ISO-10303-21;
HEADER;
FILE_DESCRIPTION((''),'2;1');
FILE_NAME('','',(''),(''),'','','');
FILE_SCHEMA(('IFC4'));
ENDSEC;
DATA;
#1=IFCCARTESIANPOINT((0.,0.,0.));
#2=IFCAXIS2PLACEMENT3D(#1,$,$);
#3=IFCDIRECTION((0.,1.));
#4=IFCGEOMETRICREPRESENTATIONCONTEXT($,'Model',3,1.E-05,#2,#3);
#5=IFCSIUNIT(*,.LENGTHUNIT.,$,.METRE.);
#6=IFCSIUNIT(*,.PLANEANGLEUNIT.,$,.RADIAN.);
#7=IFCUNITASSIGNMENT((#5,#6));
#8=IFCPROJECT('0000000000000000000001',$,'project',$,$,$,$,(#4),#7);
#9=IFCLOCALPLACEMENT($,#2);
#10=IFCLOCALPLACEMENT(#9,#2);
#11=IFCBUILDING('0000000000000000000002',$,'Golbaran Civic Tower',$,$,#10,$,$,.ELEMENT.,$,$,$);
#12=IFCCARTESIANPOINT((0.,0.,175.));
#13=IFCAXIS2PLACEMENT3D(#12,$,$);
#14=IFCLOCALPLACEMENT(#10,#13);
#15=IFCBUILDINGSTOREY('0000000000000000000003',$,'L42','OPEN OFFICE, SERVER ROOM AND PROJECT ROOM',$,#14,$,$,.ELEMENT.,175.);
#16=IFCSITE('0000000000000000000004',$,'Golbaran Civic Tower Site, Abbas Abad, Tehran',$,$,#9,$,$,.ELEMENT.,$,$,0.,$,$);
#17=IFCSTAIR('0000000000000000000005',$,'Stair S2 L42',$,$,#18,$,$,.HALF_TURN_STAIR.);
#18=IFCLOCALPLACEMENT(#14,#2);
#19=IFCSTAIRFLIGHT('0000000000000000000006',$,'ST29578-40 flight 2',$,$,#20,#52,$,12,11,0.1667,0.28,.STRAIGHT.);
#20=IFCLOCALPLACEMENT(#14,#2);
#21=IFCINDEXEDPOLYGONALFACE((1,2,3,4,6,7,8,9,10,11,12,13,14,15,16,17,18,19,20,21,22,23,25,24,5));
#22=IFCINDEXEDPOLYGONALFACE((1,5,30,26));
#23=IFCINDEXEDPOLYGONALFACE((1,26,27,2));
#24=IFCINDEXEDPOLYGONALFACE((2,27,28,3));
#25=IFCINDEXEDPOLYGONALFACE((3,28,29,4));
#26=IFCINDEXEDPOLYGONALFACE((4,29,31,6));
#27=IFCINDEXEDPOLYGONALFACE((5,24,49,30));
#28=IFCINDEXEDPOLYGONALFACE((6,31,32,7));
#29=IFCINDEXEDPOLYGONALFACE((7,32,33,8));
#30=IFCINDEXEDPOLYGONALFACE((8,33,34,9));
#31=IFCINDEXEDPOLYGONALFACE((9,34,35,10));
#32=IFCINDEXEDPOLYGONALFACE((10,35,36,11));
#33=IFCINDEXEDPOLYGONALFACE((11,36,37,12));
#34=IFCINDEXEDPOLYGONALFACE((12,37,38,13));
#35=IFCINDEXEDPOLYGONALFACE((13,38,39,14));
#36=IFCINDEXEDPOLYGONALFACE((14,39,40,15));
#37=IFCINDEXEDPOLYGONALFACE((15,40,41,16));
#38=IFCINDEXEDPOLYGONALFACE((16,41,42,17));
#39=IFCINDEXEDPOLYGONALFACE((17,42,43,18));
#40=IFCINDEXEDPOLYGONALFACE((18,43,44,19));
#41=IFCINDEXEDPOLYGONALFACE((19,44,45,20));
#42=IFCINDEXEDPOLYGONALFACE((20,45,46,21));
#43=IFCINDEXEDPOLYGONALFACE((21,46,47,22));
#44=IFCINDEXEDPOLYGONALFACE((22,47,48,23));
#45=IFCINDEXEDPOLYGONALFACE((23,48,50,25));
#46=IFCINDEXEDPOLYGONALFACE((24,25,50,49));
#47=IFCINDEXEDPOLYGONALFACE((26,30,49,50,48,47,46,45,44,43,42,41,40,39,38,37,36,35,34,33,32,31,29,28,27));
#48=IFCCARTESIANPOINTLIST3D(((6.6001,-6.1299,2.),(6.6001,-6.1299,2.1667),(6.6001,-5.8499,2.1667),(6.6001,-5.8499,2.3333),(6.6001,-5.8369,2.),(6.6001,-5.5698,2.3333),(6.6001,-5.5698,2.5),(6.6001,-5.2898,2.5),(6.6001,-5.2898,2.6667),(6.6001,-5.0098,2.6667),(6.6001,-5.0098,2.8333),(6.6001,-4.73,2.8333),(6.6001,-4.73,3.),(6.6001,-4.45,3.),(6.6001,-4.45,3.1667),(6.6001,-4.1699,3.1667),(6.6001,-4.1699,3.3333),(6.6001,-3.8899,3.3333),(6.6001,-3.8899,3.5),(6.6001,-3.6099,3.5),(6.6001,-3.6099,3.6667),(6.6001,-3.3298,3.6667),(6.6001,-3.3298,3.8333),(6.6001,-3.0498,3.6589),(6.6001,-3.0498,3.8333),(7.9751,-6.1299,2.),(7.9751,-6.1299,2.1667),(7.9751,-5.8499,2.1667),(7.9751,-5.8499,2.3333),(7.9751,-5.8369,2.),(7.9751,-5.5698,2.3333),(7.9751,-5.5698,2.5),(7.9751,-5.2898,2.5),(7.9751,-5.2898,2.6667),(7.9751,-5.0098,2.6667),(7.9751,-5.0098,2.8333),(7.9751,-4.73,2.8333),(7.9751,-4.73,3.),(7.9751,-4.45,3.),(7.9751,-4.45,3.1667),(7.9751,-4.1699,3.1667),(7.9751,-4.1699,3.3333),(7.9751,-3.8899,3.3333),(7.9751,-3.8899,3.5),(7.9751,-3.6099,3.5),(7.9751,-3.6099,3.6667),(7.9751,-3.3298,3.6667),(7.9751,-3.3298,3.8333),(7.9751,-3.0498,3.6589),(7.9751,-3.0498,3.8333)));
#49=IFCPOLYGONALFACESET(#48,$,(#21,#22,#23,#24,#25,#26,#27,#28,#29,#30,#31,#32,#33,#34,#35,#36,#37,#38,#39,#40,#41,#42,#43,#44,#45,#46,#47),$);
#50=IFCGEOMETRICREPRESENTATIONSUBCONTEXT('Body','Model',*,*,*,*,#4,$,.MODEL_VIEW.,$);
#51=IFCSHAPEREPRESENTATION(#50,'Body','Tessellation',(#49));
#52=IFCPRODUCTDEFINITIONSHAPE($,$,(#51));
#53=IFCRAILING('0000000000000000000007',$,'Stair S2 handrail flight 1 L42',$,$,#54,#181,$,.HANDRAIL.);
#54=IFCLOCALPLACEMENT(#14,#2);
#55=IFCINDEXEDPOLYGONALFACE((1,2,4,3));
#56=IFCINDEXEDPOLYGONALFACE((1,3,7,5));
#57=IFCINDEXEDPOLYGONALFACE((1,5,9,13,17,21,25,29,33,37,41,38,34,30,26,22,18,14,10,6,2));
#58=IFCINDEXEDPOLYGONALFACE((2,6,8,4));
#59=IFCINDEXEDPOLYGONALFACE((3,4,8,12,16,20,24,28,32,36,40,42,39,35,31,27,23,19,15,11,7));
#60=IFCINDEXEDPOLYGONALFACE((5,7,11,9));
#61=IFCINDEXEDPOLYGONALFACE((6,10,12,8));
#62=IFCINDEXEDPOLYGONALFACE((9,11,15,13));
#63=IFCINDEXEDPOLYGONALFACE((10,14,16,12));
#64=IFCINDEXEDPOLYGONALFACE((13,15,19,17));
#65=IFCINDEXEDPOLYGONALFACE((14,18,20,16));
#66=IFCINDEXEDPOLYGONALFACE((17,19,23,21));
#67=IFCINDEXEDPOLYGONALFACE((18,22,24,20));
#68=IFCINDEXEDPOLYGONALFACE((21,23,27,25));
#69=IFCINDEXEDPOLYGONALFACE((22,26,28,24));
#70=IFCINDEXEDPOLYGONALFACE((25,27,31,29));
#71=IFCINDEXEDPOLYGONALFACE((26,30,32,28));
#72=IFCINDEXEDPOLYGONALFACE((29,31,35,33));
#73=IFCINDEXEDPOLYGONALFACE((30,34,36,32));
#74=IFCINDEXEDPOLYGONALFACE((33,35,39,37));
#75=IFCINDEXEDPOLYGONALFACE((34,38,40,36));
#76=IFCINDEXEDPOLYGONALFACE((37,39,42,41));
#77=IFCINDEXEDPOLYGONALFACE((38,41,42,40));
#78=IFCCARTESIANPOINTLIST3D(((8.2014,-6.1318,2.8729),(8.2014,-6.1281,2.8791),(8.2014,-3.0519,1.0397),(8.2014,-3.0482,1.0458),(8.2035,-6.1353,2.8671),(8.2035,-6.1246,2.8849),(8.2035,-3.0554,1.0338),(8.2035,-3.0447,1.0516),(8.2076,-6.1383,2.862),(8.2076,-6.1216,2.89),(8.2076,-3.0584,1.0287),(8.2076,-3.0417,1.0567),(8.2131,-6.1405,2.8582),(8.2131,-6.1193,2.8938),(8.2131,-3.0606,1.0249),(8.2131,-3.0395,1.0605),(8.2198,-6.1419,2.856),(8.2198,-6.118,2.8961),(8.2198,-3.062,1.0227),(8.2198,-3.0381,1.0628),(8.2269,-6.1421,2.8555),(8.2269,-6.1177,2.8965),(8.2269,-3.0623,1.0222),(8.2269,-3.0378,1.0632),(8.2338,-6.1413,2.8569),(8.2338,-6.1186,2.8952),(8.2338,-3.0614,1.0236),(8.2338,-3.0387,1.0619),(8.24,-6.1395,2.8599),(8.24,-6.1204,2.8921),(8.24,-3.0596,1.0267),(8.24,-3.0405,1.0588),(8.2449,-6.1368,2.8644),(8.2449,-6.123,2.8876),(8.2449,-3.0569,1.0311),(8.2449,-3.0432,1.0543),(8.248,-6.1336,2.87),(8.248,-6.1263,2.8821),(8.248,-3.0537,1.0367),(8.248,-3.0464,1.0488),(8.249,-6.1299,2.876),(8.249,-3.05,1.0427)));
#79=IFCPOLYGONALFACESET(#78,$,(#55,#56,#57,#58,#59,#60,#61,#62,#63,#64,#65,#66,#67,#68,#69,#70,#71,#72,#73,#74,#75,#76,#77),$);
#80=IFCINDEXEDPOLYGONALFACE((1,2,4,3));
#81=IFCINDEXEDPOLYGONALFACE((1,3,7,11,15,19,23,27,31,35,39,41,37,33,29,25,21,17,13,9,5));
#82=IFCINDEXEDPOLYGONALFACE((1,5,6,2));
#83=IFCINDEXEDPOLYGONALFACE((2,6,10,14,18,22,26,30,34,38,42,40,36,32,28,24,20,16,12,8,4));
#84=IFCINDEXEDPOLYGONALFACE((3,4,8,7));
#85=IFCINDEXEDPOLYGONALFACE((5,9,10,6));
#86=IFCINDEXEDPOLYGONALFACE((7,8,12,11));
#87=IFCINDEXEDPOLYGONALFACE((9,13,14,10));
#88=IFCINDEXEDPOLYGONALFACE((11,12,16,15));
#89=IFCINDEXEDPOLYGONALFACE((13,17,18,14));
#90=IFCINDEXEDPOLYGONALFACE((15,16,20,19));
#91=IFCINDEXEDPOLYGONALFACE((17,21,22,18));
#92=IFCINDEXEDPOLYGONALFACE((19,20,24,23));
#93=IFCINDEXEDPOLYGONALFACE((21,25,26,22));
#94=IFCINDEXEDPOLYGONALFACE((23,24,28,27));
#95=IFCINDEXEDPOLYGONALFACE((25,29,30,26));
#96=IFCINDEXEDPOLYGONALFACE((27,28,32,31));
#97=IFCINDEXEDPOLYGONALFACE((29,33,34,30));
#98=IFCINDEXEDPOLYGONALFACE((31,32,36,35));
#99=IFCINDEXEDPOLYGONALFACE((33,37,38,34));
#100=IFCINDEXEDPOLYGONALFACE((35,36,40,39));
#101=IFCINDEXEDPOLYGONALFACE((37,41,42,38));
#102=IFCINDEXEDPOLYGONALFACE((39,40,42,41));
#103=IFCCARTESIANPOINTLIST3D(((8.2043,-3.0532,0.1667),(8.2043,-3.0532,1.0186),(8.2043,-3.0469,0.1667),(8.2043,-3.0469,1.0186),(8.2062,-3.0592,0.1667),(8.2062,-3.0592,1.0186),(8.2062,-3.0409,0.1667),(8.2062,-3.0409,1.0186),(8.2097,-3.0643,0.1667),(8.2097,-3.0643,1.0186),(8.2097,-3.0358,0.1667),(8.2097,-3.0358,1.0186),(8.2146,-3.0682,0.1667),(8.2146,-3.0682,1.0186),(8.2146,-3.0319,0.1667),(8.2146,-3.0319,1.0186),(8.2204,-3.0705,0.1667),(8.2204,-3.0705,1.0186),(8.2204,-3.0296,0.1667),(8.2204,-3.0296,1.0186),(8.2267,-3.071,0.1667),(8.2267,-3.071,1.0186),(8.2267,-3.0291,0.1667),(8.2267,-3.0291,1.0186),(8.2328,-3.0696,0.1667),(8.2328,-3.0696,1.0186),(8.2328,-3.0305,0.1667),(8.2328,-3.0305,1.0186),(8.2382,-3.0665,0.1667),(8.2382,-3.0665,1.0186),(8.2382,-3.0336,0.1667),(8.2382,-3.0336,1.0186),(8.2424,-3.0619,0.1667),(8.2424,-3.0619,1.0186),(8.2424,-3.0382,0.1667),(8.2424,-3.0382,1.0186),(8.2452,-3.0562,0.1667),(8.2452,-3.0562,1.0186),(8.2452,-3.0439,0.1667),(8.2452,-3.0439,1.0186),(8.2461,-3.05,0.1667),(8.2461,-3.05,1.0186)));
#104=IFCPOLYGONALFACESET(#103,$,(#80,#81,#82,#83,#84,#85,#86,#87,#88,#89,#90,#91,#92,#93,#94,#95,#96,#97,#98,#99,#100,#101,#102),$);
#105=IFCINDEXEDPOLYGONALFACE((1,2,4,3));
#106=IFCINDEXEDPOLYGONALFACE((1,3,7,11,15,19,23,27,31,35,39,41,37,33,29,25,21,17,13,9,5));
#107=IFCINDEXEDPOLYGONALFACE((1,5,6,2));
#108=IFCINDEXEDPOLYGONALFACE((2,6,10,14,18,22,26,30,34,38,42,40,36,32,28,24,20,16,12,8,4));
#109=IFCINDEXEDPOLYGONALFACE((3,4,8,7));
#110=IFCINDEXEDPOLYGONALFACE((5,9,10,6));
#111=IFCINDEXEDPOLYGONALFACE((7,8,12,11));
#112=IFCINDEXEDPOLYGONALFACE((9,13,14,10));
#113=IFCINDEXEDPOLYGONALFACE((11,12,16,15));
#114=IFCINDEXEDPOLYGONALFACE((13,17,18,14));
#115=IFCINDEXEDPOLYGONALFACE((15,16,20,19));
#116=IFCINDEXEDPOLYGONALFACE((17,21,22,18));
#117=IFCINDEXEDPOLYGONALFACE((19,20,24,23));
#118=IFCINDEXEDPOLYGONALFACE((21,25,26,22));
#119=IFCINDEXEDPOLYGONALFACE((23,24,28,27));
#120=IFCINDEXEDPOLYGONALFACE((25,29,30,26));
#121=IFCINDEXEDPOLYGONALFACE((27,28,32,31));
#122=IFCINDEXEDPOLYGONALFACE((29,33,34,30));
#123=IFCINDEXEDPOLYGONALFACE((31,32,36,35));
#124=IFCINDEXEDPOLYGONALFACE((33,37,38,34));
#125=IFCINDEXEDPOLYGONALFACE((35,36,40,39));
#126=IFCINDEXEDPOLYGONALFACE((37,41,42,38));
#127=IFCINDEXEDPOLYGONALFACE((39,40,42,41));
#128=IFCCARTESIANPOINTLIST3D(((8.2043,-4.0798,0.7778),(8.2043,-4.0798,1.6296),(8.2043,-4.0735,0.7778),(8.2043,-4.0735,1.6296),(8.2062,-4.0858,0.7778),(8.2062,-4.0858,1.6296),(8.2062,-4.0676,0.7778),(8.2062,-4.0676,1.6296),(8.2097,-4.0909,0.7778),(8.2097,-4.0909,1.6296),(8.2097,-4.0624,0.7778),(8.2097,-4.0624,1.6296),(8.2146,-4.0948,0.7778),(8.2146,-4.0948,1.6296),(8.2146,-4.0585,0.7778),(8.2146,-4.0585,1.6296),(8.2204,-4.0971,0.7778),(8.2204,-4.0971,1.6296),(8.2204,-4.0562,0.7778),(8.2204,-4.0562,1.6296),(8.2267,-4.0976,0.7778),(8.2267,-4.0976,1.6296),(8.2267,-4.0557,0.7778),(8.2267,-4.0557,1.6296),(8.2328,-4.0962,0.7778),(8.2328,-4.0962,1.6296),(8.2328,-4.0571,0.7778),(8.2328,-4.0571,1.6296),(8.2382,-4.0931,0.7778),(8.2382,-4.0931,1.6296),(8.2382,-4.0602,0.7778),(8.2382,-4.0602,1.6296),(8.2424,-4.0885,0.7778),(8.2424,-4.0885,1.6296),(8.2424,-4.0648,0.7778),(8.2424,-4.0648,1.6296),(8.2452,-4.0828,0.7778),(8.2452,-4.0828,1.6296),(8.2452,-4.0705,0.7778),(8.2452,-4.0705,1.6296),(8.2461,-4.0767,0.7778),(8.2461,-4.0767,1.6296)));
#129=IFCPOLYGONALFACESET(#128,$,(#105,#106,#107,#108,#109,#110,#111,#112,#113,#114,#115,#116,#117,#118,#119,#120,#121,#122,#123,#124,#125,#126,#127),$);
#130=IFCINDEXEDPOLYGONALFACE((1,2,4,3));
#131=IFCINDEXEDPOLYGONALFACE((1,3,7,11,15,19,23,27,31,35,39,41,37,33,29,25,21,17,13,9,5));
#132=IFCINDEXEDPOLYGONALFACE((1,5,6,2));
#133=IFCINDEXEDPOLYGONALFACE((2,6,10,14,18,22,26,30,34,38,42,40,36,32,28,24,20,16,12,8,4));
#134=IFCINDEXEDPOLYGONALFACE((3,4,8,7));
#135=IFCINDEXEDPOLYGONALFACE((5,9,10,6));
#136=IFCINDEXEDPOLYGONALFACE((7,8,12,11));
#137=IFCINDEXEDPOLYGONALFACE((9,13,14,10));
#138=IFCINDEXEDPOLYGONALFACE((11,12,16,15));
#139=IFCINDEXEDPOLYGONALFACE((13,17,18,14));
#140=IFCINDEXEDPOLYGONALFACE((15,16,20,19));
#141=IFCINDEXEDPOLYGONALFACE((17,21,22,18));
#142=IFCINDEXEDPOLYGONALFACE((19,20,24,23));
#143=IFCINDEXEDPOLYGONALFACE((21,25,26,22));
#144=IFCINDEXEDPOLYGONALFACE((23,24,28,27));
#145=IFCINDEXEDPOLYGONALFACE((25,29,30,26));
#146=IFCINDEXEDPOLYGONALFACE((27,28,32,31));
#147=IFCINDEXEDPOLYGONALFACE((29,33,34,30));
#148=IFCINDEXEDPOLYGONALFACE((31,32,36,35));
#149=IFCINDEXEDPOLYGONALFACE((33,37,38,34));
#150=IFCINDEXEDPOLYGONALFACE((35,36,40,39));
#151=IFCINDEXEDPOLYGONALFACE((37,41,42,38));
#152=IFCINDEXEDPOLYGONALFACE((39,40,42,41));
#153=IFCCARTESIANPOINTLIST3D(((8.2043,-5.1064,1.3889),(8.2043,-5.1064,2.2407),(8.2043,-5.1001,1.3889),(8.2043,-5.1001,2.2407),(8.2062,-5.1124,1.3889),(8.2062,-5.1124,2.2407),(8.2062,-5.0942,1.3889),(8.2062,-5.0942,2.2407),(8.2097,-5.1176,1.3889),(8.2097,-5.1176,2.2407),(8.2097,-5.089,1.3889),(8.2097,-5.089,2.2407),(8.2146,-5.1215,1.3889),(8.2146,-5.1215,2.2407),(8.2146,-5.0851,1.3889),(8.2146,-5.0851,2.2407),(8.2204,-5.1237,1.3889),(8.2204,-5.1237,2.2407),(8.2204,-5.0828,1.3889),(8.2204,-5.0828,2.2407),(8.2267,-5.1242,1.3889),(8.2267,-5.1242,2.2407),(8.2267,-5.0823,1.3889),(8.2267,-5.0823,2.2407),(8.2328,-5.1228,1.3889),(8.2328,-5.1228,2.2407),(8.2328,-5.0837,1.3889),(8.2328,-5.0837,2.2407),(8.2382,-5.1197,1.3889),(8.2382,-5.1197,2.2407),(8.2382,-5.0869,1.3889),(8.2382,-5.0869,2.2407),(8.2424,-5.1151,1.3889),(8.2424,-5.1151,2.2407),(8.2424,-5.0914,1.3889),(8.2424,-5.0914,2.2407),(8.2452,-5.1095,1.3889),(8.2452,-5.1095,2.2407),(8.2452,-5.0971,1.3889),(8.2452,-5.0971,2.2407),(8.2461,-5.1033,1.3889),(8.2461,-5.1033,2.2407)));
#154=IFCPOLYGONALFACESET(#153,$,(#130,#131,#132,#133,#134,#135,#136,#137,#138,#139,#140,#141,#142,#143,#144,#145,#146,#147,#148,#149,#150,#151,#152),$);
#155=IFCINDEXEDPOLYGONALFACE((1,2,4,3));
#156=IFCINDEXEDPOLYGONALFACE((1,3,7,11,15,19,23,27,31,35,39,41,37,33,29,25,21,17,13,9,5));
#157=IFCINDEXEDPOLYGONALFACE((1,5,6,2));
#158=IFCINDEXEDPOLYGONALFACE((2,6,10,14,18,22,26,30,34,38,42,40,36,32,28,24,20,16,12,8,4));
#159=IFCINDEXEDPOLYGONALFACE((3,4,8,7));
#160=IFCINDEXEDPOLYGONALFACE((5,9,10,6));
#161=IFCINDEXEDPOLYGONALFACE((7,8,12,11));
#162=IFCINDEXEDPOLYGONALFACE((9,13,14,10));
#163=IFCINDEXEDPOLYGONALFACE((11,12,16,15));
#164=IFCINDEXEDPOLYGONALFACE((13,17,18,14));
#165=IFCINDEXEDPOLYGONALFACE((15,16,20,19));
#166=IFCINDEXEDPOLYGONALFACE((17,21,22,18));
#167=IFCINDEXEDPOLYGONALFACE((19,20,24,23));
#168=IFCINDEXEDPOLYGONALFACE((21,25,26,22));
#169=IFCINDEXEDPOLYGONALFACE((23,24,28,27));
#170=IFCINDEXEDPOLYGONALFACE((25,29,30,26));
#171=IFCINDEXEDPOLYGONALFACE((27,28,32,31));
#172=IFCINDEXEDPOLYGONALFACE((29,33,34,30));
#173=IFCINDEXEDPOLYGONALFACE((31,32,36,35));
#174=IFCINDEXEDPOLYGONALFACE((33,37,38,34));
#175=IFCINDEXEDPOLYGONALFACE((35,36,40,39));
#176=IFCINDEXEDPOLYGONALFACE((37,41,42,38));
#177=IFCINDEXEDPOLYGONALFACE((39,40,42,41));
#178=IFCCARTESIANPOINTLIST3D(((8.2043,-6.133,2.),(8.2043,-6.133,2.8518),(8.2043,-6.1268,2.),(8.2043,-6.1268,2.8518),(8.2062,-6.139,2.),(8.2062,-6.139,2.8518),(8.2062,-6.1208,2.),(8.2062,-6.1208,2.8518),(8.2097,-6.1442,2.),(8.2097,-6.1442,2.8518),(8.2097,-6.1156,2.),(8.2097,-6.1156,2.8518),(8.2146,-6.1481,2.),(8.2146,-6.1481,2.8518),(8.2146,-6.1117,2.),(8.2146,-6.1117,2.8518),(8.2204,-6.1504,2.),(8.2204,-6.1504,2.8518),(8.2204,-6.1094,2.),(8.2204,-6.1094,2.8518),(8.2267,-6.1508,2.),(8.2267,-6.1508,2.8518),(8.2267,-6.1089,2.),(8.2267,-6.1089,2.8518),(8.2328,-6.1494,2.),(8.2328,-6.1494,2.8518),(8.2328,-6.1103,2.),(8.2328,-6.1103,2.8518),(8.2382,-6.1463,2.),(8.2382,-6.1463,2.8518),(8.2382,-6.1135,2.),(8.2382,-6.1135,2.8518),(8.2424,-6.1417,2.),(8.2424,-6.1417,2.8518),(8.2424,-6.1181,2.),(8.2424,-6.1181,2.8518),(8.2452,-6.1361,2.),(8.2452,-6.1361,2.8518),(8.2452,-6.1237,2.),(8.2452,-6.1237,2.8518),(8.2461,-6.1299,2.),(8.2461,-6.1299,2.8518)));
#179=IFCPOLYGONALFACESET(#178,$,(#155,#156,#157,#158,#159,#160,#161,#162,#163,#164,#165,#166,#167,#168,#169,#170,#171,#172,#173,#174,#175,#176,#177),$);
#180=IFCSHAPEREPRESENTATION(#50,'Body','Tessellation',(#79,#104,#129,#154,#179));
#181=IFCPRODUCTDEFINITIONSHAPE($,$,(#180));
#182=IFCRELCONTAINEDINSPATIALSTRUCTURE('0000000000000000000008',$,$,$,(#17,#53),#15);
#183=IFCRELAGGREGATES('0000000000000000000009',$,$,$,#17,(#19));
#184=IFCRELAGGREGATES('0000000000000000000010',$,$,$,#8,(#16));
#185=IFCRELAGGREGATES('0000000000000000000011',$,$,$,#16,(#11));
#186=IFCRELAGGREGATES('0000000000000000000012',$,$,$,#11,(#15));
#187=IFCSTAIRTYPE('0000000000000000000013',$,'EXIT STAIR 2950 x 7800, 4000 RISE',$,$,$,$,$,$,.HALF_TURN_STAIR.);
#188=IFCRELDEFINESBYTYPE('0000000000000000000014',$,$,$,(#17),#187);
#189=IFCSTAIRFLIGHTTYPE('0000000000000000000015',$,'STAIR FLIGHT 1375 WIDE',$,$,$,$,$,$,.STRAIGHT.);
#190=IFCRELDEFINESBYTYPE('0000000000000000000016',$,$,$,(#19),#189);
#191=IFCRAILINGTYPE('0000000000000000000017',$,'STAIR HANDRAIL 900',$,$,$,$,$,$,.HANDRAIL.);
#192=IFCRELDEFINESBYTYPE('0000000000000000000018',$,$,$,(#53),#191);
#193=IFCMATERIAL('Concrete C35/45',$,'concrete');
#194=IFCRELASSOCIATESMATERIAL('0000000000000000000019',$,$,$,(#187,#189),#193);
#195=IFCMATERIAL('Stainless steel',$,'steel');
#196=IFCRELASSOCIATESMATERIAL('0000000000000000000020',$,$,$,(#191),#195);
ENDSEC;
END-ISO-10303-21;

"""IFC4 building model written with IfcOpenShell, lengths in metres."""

from ifc_helpers import new_model, si_unit, direction, frame, origin, origin_2d, place, context, subcontext, project, spatial, polyline, circle, outline, extrude, material, type_object, element, aggregate, save


model = new_model("IFC4")

# Units and contexts
model_context = context("Model", 3, precision=1e-05, world=origin(), true_north=direction((0.0, 1.0)))
body_context = subcontext(model_context, "Body", "Model", "MODEL_VIEW")
ifc_project = project(units=[si_unit("LENGTHUNIT", "METRE"), si_unit("PLANEANGLEUNIT", "RADIAN")], contexts=[model_context])

# Site, building, storey
site_placement = place(None, origin())
site = spatial("IfcSite", under=ifc_project, at=site_placement, Name="Golbaran Civic Tower Site, Abbas Abad, Tehran", CompositionType="ELEMENT", RefElevation=0.0)
building_placement = place(site_placement, origin())
building = spatial("IfcBuilding", under=site, at=building_placement, Name="Golbaran Civic Tower", CompositionType="ELEMENT")
storey_placement = place(building_placement, frame((0.0, 0.0, 175.0)))
storey = spatial("IfcBuildingStorey", under=building, at=storey_placement, Name="L42", Description="OPEN OFFICE, SERVER ROOM AND PROJECT ROOM", CompositionType="ELEMENT", Elevation=175.0)

# Shared definitions
ifc_material_1 = material(Name="Concrete C35/45", Category="concrete")

# Shared definitions
ifc_material_2 = material(Name="Stainless steel", Category="steel")

# Stair, stair flight
stair_type_1 = type_object("IfcStairType", Name="EXIT STAIR 2950 x 7800, 4000 RISE", PredefinedType="HALF_TURN_STAIR", material=ifc_material_1)
stair_1_placement = place(storey_placement, origin())
stair_1 = element("IfcStair", 1, at=stair_1_placement, inside=storey, type_object=stair_type_1, Name="Stair S2 L42", PredefinedType="HALF_TURN_STAIR")
stair_flight_type = type_object("IfcStairFlightType", Name="STAIR FLIGHT 1375 WIDE", PredefinedType="STRAIGHT", material=ifc_material_1)
stair_flight_placement = place(storey_placement, frame((7.2876, -6.1299, 2.0), z_axis=(0.0, 0.0, 1.0), x_axis=(0.0, 1.0, 0.0)))
stair_flight = element("IfcStairFlight", 2, at=stair_flight_placement, type_object=stair_flight_type, Name="ST29578-40 flight 2", NumberOfRisers=12, NumberOfTreads=11, PredefinedType="STRAIGHT", RiserHeight=0.1667, TreadLength=0.28, context=body_context, shape_type="SweptSolid", body=[
    extrude(outline(polyline([(0.0, 0.0), (0.0, 0.1667), (0.28, 0.1667), (0.28, 0.3333), (0.5601, 0.3333), (0.5601, 0.5), (0.8401, 0.5), (0.8401, 0.6667), (1.1201, 0.6667), (1.1201, 0.8333), (1.3999, 0.8333), (1.3999, 1.0), (1.6799, 1.0), (1.6799, 1.1667), (1.96, 1.1667), (1.96, 1.3333), (2.24, 1.3333), (2.24, 1.5), (2.52, 1.5), (2.52, 1.6667), (2.8, 1.6667), (2.8, 1.8333), (3.0801, 1.8333), (3.0801, 2.0), (3.0801, 1.6589), (0.293, 0.0), (0.0, 0.0)])), frame((0.0, 0.6875, 0.0), z_axis=(0.0, -1.0, 0.0), x_axis=(1.0, 0.0, 0.0)), (0.0, 0.0, 1.0), 1.375),
])
aggregate(stair_1, [stair_flight])

# Railing
railing_type = type_object("IfcRailingType", Name="STAIR HANDRAIL 900", PredefinedType="HANDRAIL", material=ifc_material_2)
railing_1_placement = place(storey_placement, frame((8.2251, -3.05, 0.1667)))
element("IfcRailing", 3, at=railing_1_placement, inside=storey, type_object=railing_type, Name="Stair S2 handrail flight 1 L42", PredefinedType="HANDRAIL", context=body_context, shape_type="SweptSolid", body=[
    extrude(circle(Radius=0.0239, at=origin_2d()), frame((0.0, 0.0, 0.876), z_axis=(0.0, -0.859291, 0.511487), x_axis=(1.0, 0.0, 0.0)), (0.0, 0.0, 1.0), 3.5842),
    extrude(circle(Radius=0.021, at=origin_2d()), origin(), (0.0, 0.0, 1.0), 0.8518),
    extrude(circle(Radius=0.021, at=origin_2d()), frame((0.0, -1.0266, 0.6111)), (0.0, 0.0, 1.0), 0.8518),
    extrude(circle(Radius=0.021, at=origin_2d()), frame((0.0, -2.0532, 1.2222)), (0.0, 0.0, 1.0), 0.8518),
    extrude(circle(Radius=0.021, at=origin_2d()), frame((0.0, -3.0798, 1.8333)), (0.0, 0.0, 1.0), 0.8518),
])

save(model, "model.ifc")
